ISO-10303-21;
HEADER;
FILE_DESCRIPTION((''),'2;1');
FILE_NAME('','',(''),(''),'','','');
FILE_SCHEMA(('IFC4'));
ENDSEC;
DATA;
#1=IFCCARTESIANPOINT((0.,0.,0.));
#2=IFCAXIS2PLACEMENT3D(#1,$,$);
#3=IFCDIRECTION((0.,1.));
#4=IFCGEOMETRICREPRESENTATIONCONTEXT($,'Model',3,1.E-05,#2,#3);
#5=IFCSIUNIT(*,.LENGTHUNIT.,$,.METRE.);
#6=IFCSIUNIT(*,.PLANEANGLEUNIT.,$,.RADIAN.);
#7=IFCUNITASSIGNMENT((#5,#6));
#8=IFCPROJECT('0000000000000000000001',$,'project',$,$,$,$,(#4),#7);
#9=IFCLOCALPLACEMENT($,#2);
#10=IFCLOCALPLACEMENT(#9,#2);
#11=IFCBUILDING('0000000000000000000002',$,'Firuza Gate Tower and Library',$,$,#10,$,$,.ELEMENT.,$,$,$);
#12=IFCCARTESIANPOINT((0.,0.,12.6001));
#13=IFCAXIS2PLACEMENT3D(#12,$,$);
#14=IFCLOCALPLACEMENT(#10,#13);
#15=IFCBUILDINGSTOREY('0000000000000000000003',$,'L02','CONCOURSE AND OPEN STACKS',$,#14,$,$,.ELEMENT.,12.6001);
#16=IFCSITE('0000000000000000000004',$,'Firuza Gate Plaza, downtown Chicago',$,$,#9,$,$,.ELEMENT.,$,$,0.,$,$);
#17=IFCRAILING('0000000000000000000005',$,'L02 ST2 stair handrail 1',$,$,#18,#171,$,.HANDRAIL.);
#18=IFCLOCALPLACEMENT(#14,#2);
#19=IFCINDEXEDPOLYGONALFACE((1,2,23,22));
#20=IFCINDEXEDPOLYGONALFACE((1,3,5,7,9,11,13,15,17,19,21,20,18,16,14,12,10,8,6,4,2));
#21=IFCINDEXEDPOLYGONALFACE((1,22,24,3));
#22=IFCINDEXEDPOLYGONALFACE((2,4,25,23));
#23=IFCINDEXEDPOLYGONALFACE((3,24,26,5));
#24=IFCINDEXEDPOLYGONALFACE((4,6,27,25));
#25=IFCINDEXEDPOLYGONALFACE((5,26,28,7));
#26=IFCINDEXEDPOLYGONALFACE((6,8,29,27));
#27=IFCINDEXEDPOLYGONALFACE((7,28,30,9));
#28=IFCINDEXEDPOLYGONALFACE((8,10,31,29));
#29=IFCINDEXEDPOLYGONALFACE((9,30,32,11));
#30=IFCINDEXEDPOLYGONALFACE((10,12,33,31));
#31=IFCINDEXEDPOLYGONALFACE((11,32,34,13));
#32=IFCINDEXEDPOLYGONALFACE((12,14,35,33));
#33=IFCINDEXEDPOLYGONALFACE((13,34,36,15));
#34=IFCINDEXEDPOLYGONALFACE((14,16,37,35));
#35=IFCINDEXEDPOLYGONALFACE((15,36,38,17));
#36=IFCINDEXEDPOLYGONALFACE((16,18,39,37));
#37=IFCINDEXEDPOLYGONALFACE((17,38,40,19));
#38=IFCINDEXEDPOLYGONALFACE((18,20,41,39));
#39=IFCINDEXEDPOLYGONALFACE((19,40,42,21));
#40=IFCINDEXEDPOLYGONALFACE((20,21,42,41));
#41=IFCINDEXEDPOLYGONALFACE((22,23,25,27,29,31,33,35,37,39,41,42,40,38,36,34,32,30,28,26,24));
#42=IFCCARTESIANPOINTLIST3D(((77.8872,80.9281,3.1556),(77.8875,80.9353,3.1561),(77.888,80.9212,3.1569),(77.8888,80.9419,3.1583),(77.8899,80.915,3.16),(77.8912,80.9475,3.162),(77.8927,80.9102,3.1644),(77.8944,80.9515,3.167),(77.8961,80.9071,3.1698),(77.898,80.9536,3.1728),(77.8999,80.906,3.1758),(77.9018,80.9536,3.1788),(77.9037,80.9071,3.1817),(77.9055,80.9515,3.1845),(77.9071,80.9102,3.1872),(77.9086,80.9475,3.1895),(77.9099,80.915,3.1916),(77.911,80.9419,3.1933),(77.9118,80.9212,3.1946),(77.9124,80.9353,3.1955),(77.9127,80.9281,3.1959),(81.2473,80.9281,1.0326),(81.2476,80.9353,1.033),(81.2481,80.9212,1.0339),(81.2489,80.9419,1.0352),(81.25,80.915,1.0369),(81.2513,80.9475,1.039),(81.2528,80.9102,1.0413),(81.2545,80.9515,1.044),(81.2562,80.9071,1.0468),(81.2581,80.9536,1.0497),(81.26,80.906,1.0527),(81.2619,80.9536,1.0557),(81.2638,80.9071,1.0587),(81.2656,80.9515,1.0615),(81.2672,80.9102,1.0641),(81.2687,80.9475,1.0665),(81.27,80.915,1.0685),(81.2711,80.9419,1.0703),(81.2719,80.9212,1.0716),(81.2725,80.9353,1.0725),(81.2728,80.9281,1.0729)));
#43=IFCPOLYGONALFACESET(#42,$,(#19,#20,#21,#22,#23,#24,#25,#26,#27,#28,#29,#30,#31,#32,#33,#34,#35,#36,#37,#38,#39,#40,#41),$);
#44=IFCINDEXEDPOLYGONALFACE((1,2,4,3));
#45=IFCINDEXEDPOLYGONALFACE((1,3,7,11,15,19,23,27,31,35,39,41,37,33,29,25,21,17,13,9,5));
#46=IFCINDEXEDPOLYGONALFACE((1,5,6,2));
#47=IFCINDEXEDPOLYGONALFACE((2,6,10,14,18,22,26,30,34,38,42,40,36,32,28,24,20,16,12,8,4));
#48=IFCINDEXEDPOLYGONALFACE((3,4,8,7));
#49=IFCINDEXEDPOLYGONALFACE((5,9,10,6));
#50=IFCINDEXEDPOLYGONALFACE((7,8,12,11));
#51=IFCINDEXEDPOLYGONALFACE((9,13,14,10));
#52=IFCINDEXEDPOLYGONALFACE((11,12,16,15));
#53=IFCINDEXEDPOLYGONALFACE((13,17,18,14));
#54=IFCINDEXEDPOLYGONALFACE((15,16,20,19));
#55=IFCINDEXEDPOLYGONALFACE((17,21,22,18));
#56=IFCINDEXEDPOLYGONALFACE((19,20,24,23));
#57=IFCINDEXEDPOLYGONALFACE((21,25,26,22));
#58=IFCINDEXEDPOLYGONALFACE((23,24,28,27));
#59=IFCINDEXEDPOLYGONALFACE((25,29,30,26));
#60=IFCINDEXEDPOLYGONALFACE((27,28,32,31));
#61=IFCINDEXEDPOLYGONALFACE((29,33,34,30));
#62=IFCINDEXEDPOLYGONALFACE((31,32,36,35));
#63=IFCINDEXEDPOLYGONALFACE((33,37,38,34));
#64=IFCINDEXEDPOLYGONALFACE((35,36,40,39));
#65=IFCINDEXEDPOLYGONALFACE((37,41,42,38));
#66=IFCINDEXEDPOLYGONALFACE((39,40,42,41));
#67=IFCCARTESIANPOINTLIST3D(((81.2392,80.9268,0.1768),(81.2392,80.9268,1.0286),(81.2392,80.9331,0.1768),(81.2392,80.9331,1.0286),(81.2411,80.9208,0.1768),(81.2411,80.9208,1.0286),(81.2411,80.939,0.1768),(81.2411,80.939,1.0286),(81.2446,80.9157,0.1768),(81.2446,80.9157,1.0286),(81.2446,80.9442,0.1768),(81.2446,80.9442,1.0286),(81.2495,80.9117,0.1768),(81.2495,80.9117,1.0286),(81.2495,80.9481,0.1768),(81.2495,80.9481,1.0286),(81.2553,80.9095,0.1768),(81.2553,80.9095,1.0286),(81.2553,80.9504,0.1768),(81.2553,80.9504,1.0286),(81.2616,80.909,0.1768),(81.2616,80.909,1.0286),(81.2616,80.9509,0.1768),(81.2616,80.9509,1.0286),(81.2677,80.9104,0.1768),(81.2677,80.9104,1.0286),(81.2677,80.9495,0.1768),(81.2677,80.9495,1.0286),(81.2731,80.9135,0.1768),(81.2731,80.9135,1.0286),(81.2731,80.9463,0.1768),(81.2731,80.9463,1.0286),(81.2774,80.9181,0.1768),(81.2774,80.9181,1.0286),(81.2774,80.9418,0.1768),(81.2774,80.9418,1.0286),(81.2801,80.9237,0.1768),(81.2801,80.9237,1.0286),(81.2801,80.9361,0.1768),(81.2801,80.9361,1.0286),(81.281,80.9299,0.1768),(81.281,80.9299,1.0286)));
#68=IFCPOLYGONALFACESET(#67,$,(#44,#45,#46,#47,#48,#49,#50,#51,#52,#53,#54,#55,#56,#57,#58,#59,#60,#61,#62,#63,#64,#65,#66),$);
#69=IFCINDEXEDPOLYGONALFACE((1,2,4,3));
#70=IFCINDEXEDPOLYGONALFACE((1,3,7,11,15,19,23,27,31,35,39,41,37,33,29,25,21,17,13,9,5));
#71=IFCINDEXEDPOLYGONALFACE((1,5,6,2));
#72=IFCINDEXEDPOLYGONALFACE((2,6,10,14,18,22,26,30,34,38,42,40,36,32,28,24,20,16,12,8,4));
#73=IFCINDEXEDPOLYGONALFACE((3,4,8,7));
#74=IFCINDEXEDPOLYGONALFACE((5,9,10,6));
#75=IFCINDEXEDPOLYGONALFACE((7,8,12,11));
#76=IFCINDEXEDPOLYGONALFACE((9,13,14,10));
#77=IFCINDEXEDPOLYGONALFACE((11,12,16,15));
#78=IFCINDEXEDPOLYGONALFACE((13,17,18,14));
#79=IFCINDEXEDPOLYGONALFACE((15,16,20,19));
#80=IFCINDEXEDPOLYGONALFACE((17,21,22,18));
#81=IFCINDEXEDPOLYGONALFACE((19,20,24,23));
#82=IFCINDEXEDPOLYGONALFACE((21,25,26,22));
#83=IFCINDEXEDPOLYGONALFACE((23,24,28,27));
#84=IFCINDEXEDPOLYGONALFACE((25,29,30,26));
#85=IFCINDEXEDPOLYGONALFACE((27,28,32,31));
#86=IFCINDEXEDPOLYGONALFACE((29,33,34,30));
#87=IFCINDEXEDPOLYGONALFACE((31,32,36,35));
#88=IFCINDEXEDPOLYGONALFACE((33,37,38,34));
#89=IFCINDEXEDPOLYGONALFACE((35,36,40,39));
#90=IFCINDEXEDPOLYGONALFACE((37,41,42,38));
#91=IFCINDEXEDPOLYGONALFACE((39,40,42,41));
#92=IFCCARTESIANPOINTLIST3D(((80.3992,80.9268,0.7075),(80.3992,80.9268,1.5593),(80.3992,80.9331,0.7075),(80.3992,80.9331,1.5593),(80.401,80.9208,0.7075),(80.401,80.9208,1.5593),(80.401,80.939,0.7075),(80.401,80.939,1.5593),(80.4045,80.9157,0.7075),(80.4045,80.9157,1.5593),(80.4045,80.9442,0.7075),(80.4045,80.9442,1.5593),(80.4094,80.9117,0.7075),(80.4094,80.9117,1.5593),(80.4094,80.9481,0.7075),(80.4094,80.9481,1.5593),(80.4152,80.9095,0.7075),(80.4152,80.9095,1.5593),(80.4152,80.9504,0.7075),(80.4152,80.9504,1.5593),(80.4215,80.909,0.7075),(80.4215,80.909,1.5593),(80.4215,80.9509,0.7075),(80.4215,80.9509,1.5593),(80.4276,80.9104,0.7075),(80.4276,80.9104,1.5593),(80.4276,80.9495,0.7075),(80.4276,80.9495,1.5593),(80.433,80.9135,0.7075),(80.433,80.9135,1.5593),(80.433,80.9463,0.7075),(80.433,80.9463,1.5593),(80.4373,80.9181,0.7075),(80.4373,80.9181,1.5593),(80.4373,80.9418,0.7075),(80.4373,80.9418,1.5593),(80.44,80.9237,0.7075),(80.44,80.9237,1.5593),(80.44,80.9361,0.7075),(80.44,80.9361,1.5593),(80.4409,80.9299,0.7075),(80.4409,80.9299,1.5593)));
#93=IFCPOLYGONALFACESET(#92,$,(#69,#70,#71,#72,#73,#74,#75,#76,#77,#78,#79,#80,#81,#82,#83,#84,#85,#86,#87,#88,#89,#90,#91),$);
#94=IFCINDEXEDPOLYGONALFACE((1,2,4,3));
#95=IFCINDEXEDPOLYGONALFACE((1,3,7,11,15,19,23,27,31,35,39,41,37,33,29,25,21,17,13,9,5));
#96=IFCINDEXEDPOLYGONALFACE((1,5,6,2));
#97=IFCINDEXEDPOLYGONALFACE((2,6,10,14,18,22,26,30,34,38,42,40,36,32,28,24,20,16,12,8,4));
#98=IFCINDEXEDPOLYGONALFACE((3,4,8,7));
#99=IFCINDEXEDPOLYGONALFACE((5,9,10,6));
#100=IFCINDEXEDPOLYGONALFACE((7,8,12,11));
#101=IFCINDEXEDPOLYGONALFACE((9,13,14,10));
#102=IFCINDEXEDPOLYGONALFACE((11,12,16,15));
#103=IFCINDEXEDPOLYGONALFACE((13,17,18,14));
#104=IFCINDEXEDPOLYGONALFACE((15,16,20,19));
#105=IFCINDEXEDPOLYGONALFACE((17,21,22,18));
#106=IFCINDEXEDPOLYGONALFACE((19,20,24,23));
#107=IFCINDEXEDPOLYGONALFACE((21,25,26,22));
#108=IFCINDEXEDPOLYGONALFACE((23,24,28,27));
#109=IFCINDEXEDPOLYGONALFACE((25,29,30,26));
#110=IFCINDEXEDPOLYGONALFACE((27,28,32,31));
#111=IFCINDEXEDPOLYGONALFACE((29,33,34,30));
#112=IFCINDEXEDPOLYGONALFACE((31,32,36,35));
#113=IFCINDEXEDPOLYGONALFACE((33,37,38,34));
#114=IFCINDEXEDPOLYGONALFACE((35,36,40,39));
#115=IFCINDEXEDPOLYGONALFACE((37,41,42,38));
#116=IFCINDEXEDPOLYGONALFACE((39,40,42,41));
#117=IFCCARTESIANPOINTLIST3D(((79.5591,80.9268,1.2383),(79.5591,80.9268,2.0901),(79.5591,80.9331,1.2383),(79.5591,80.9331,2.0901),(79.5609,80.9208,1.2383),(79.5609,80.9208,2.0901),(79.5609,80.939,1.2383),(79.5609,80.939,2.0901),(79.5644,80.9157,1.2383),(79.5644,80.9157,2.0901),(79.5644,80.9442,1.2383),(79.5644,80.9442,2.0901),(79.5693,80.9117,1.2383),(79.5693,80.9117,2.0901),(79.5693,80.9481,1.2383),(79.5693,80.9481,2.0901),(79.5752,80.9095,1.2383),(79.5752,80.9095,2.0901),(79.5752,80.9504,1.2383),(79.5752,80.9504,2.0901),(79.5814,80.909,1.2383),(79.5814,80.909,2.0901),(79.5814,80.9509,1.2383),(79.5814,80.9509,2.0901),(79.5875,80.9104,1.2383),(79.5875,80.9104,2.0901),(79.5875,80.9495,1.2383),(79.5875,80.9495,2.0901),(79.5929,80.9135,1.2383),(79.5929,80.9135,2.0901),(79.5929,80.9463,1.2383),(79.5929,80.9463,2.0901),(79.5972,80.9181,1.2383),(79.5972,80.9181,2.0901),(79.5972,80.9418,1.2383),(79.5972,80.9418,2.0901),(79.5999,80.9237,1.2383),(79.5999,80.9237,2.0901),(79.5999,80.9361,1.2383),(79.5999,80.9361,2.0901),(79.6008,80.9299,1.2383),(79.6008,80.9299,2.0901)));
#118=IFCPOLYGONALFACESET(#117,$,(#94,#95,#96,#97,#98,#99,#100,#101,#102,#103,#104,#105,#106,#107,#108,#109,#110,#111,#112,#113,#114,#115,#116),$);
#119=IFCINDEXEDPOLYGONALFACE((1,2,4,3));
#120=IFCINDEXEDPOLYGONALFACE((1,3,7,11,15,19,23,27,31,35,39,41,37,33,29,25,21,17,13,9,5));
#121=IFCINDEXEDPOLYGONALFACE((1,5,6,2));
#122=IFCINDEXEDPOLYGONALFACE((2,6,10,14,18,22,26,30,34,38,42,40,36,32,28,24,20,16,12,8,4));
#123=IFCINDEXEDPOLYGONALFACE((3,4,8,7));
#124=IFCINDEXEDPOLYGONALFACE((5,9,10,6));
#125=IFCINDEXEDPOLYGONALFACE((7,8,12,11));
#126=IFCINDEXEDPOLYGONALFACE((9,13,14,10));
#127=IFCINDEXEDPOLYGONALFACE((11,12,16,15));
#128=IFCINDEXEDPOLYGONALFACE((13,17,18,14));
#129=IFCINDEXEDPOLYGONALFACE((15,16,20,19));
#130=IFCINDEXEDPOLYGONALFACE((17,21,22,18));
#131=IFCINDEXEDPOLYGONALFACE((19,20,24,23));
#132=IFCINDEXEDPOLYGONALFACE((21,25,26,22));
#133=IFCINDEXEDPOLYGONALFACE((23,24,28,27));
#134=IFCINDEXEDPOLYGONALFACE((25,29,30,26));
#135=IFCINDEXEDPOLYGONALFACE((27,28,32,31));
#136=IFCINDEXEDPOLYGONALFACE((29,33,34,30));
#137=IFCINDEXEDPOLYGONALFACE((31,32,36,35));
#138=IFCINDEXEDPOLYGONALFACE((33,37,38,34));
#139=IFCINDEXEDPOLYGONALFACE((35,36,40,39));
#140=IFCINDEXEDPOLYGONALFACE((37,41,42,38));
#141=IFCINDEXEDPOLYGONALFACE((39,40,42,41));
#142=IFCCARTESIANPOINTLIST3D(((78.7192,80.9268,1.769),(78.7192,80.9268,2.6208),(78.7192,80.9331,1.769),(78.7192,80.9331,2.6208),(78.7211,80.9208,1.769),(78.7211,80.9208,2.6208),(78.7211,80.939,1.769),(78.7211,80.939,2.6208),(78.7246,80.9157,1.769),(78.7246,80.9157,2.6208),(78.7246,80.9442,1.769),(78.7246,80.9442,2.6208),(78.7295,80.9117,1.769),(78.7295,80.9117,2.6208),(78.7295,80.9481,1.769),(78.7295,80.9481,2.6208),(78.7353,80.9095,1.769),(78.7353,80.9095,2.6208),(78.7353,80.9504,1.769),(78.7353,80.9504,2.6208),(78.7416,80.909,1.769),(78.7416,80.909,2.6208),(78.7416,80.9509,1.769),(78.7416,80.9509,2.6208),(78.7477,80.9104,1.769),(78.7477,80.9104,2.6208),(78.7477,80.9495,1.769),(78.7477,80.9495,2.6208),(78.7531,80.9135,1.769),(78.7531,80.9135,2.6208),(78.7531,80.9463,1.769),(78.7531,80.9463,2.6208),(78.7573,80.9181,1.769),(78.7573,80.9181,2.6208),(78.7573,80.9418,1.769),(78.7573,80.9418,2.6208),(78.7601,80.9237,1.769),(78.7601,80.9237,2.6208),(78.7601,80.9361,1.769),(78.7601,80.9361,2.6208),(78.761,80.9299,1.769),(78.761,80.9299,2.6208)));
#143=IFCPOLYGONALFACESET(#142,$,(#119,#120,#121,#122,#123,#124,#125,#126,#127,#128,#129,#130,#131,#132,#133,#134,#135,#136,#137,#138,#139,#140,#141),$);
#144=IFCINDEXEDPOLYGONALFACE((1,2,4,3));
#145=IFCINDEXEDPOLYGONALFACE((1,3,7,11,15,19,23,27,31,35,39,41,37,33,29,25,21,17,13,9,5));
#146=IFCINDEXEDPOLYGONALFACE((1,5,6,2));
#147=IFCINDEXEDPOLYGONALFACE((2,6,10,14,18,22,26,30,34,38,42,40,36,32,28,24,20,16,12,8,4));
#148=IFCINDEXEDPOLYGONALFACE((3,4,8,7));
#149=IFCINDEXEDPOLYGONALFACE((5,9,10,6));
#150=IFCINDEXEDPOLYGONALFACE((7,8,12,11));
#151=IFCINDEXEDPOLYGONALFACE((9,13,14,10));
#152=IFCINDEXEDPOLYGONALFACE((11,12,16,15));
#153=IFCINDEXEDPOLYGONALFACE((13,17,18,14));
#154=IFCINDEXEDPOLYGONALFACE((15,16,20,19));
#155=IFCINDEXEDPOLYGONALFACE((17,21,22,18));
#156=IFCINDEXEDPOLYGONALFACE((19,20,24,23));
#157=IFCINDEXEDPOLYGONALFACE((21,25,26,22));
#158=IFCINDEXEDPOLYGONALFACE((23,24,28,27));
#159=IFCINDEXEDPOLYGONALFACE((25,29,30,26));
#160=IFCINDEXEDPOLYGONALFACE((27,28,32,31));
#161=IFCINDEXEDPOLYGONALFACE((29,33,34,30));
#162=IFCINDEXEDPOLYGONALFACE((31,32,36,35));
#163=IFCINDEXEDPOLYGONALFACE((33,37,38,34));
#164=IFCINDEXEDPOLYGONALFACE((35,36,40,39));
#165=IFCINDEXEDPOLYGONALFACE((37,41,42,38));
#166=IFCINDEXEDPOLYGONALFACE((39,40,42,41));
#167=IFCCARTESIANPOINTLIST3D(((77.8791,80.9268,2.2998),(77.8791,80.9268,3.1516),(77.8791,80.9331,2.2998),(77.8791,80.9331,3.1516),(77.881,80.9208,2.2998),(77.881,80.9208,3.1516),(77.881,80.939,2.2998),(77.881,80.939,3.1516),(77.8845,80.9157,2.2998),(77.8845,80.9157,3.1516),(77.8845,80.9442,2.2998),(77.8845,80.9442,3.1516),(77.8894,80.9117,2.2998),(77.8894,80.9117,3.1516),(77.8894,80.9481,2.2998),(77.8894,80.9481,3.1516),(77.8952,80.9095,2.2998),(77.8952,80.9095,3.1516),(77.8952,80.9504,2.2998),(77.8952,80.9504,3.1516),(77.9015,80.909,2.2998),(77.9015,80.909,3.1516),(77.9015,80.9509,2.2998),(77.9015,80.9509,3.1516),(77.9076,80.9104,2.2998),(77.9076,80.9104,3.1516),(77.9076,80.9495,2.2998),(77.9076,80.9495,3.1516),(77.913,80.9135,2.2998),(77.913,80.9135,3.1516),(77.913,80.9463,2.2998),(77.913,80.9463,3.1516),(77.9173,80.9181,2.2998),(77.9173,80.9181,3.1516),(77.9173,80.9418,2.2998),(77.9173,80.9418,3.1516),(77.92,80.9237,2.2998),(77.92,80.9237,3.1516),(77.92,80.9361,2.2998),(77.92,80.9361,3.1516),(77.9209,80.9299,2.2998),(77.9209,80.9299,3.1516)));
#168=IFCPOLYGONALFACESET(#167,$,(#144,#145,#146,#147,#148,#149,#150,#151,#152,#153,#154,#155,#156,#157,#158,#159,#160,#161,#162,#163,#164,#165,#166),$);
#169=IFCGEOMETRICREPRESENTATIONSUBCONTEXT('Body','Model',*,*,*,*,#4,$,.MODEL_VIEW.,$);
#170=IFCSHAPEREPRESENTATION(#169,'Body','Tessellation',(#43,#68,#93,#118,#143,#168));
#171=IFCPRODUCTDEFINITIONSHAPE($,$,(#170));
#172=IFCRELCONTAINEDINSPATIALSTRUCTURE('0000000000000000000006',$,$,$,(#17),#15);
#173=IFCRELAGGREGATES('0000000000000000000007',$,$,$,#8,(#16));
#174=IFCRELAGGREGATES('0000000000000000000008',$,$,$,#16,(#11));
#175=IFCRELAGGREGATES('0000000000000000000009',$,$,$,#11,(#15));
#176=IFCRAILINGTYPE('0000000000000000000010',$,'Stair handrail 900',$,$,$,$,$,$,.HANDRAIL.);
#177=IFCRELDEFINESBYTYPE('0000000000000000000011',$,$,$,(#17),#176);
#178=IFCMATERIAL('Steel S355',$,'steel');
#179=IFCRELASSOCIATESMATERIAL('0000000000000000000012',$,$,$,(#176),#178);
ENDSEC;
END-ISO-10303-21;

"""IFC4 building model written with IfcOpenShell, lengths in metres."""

from ifc_helpers import new_model, si_unit, direction, frame, origin, origin_2d, place, context, subcontext, project, spatial, circle, extrude, material, type_object, element, save


model = new_model("IFC4")

# Units and contexts
model_context = context("Model", 3, precision=1e-05, world=origin(), true_north=direction((0.0, 1.0)))
body_context = subcontext(model_context, "Body", "Model", "MODEL_VIEW")
ifc_project = project(units=[si_unit("LENGTHUNIT", "METRE"), si_unit("PLANEANGLEUNIT", "RADIAN")], contexts=[model_context])

# Site, building, storey
site_placement = place(None, origin())
site = spatial("IfcSite", under=ifc_project, at=site_placement, Name="Firuza Gate Plaza, downtown Chicago", CompositionType="ELEMENT", RefElevation=0.0)
building_placement = place(site_placement, origin())
building = spatial("IfcBuilding", under=site, at=building_placement, Name="Firuza Gate Tower and Library", CompositionType="ELEMENT")
storey_placement = place(building_placement, frame((0.0, 0.0, 12.6001)))
storey = spatial("IfcBuildingStorey", under=building, at=storey_placement, Name="L02", Description="CONCOURSE AND OPEN STACKS", CompositionType="ELEMENT", Elevation=12.6001)

# Railing
ifc_material_1 = material(Name="Steel S355", Category="steel")
railing_type_1 = type_object("IfcRailingType", Name="Stair handrail 900", PredefinedType="HANDRAIL", material=ifc_material_1)
railing_1_placement = place(storey_placement, frame((81.26, 80.9299, 0.1768)))
element("IfcRailing", 1, at=railing_1_placement, inside=storey, type_object=railing_type_1, Name="L02 ST2 stair handrail 1", PredefinedType="HANDRAIL", context=body_context, shape_type="SweptSolid", body=[
    extrude(circle(Radius=0.0239, at=origin_2d()), frame((0.0, 0.0, 0.876), z_axis=(-0.84539, 0.0, 0.53415), x_axis=(0.0, -1.0, 0.0)), (0.0, 0.0, 1.0), 3.9746),
    extrude(circle(Radius=0.021, at=origin_2d()), origin(), (0.0, 0.0, 1.0), 0.8518),
    extrude(circle(Radius=0.021, at=origin_2d()), frame((-0.8401, 0.0, 0.5308)), (0.0, 0.0, 1.0), 0.8518),
    extrude(circle(Radius=0.021, at=origin_2d()), frame((-1.6802, 0.0, 1.0615)), (0.0, 0.0, 1.0), 0.8518),
    extrude(circle(Radius=0.021, at=origin_2d()), frame((-2.52, 0.0, 1.5923)), (0.0, 0.0, 1.0), 0.8518),
    extrude(circle(Radius=0.021, at=origin_2d()), frame((-3.3601, 0.0, 2.123)), (0.0, 0.0, 1.0), 0.8518),
])

save(model, "model.ifc")
